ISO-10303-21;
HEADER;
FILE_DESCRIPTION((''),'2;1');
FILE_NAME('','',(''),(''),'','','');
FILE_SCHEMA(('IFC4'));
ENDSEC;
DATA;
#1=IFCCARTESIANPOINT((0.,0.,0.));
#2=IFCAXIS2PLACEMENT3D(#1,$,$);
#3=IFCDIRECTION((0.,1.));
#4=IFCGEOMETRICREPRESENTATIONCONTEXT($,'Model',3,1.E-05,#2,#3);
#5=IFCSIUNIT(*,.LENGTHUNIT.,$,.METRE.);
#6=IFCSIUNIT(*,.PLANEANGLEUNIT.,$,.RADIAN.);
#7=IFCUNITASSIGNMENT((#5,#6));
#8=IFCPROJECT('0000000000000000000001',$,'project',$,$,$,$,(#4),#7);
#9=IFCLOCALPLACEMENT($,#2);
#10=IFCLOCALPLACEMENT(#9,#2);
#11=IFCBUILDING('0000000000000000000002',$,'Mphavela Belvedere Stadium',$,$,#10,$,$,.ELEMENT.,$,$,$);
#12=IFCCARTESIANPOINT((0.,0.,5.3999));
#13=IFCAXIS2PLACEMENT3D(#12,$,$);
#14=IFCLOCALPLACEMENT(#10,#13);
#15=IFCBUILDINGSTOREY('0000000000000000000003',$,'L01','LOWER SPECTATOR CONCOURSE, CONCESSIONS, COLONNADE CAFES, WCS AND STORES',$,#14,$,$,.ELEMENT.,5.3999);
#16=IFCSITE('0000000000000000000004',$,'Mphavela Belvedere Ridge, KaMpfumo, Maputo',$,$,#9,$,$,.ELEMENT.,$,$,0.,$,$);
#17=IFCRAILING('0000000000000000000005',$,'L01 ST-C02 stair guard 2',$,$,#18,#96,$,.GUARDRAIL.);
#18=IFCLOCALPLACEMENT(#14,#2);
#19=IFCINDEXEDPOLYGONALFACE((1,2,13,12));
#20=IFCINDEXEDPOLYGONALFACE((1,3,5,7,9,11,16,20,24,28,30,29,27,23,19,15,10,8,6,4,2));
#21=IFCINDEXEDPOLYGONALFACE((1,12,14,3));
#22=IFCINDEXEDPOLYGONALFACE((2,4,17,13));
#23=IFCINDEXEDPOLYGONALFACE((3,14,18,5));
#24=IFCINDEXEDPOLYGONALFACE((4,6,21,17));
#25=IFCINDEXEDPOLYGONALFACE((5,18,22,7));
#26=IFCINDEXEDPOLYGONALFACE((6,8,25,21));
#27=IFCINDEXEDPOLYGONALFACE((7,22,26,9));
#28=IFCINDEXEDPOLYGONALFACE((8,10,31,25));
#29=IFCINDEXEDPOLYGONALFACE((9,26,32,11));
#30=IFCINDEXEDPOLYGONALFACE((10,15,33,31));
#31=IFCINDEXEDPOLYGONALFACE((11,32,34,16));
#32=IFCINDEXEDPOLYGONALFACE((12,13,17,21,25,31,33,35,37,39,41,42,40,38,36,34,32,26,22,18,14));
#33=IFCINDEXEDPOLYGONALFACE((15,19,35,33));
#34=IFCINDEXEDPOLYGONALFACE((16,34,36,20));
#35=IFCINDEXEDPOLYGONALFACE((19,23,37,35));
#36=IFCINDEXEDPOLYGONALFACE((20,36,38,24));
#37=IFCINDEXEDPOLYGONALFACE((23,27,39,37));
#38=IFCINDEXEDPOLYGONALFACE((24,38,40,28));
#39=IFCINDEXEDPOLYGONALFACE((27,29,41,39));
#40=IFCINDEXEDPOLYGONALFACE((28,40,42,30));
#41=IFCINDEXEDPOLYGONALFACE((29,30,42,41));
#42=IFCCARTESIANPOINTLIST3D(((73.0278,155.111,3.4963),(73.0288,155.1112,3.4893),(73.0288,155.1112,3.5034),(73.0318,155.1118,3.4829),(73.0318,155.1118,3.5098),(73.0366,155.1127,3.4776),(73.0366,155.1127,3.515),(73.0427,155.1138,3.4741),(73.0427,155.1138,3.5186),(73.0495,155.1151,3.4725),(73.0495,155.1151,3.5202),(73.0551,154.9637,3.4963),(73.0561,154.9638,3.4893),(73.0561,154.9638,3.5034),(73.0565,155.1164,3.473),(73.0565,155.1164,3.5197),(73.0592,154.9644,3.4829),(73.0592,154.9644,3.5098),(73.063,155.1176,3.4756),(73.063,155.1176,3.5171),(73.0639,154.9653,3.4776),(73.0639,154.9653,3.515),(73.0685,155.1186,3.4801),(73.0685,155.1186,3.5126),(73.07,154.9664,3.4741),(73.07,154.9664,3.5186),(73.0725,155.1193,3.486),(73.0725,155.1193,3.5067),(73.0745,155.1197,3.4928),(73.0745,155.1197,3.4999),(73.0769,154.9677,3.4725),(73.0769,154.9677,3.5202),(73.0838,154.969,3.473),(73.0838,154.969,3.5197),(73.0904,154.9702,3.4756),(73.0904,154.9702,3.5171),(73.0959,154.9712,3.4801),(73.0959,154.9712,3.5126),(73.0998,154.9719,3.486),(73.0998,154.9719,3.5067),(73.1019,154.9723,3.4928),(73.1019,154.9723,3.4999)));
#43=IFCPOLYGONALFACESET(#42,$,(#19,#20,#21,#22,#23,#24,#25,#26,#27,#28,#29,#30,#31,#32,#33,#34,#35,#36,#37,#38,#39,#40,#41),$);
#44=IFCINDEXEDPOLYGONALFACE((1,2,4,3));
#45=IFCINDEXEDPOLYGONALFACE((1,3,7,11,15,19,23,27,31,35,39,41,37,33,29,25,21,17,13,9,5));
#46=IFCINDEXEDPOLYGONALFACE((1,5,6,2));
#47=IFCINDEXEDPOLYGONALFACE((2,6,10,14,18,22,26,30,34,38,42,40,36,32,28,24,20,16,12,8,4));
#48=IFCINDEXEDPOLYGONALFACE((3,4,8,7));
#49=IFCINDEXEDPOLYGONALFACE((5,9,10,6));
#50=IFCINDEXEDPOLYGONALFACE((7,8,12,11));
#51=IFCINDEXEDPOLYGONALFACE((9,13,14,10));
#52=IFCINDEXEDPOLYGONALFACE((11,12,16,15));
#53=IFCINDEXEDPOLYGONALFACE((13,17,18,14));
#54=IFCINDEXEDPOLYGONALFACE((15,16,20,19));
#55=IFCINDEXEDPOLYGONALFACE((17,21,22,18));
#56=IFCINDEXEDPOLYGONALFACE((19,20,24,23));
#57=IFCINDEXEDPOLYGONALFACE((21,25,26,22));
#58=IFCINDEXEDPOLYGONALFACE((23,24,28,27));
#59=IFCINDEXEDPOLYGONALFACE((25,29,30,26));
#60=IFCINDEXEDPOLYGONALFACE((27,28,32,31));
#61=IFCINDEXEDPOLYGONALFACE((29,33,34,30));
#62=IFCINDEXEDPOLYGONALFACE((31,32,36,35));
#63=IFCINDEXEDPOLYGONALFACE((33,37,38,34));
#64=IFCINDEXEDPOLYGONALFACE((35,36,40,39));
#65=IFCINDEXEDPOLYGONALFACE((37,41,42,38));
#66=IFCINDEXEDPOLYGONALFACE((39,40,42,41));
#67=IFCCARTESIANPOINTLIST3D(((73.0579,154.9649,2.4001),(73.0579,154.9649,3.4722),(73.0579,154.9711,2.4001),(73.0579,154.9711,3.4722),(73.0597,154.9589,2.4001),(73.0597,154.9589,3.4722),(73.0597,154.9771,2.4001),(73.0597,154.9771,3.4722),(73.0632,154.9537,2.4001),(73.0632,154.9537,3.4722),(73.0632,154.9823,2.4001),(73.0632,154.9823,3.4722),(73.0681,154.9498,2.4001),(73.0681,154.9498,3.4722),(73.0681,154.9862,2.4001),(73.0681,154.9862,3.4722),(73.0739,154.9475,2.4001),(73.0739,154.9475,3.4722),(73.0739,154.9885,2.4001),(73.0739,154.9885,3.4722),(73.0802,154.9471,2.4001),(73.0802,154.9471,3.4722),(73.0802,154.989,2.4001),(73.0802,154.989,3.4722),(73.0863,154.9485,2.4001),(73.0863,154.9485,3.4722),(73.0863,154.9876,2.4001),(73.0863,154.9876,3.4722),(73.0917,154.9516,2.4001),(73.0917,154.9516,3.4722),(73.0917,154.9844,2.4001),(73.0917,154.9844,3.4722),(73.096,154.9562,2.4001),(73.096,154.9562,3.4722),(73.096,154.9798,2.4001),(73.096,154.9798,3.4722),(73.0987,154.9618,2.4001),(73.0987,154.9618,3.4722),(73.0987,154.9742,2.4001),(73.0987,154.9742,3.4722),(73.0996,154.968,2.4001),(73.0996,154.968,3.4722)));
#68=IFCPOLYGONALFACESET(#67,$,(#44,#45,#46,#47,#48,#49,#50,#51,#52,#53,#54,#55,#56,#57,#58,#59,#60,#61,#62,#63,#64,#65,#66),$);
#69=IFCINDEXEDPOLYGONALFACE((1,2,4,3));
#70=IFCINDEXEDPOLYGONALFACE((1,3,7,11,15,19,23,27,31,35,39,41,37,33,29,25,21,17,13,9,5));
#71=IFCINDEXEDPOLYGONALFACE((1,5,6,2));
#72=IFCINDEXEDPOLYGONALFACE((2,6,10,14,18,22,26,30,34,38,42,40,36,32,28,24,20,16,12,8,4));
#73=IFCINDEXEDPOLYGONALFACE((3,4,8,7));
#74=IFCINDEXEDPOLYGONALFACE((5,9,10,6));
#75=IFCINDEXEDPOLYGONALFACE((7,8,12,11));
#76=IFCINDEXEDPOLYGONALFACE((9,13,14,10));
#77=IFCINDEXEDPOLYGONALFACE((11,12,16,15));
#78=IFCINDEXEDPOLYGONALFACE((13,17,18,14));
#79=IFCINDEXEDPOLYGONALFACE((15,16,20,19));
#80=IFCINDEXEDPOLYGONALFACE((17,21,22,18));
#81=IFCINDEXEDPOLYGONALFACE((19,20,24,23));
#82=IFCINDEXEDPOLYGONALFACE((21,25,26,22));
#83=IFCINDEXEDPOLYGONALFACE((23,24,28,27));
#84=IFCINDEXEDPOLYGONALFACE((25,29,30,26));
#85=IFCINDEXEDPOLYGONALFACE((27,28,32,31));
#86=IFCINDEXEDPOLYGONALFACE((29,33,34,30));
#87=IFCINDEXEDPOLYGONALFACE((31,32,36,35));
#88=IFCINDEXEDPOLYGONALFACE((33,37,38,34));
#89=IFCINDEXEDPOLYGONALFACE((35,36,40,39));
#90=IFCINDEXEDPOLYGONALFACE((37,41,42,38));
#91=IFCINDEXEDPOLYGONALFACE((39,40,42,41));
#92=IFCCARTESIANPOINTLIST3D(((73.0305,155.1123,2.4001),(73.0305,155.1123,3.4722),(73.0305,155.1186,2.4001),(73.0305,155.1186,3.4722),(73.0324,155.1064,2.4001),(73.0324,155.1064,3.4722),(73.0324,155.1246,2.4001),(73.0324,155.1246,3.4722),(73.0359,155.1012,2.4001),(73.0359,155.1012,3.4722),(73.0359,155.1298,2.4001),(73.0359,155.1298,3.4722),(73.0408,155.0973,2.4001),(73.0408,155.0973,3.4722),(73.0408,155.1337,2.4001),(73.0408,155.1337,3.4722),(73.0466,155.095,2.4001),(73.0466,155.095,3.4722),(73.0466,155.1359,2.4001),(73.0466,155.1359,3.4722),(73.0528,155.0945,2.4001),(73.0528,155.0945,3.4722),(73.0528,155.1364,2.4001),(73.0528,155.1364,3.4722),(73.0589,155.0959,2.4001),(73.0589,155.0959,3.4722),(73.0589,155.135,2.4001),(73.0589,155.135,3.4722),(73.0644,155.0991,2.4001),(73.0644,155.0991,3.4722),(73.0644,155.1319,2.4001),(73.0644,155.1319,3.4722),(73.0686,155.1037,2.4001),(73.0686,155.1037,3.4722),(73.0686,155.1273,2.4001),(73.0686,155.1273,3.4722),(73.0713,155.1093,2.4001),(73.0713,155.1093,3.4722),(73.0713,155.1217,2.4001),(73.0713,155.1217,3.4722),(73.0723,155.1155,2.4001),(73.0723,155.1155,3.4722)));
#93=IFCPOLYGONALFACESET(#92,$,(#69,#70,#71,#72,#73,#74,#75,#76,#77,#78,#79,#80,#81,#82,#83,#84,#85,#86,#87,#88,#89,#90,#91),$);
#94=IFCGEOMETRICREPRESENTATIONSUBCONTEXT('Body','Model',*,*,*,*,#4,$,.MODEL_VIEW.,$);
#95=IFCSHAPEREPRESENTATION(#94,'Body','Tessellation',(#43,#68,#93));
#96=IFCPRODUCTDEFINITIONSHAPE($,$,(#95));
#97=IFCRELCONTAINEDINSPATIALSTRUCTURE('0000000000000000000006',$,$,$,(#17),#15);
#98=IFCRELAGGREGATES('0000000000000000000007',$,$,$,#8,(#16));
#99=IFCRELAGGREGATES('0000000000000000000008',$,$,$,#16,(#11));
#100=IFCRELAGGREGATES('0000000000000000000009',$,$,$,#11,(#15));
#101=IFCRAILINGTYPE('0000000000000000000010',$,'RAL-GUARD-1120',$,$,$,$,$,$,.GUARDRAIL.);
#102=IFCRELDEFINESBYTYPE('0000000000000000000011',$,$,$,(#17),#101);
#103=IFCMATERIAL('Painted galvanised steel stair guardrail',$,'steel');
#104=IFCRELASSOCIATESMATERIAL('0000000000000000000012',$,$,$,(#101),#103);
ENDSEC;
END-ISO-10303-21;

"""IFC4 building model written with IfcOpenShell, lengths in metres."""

from ifc_helpers import new_model, si_unit, direction, frame, origin, origin_2d, place, context, subcontext, project, spatial, circle, extrude, material, type_object, element, save


model = new_model("IFC4")

# Units and contexts
model_context = context("Model", 3, precision=1e-05, world=origin(), true_north=direction((0.0, 1.0)))
body_context = subcontext(model_context, "Body", "Model", "MODEL_VIEW")
ifc_project = project(units=[si_unit("LENGTHUNIT", "METRE"), si_unit("PLANEANGLEUNIT", "RADIAN")], contexts=[model_context])

# Site, building, storey
site_placement = place(None, origin())
site = spatial("IfcSite", under=ifc_project, at=site_placement, Name="Mphavela Belvedere Ridge, KaMpfumo, Maputo", CompositionType="ELEMENT", RefElevation=0.0)
building_placement = place(site_placement, origin())
building = spatial("IfcBuilding", under=site, at=building_placement, Name="Mphavela Belvedere Stadium", CompositionType="ELEMENT")
storey_placement = place(building_placement, frame((0.0, 0.0, 5.3999)))
storey = spatial("IfcBuildingStorey", under=building, at=storey_placement, Name="L01", Description="LOWER SPECTATOR CONCOURSE, CONCESSIONS, COLONNADE CAFES, WCS AND STORES", CompositionType="ELEMENT", Elevation=5.3999)

# Railing
ifc_material_1 = material(Name="Painted galvanised steel stair guardrail", Category="steel")
railing_type_1 = type_object("IfcRailingType", Name="RAL-GUARD-1120", PredefinedType="GUARDRAIL", material=ifc_material_1)
railing_1_placement = place(storey_placement, frame((73.0786, 154.968, 2.4001)))
element("IfcRailing", 1, at=railing_1_placement, inside=storey, type_object=railing_type_1, Name="L01 ST-C02 stair guard 2", PredefinedType="GUARDRAIL", context=body_context, shape_type="SweptSolid", body=[
    extrude(circle(Radius=0.0239, at=origin_2d()), frame((0.0, 0.0, 1.0962), z_axis=(-0.182322, 0.983239, 0.0), x_axis=(-0.983239, -0.182322, 0.0)), (0.0, 0.0, 1.0), 0.1499),
    extrude(circle(Radius=0.021, at=origin_2d()), origin(), (0.0, 0.0, 1.0), 1.072),
    extrude(circle(Radius=0.021, at=origin_2d()), frame((-0.0273, 0.1475, 0.0)), (0.0, 0.0, 1.0), 1.072),
])

save(model, "model.ifc")
